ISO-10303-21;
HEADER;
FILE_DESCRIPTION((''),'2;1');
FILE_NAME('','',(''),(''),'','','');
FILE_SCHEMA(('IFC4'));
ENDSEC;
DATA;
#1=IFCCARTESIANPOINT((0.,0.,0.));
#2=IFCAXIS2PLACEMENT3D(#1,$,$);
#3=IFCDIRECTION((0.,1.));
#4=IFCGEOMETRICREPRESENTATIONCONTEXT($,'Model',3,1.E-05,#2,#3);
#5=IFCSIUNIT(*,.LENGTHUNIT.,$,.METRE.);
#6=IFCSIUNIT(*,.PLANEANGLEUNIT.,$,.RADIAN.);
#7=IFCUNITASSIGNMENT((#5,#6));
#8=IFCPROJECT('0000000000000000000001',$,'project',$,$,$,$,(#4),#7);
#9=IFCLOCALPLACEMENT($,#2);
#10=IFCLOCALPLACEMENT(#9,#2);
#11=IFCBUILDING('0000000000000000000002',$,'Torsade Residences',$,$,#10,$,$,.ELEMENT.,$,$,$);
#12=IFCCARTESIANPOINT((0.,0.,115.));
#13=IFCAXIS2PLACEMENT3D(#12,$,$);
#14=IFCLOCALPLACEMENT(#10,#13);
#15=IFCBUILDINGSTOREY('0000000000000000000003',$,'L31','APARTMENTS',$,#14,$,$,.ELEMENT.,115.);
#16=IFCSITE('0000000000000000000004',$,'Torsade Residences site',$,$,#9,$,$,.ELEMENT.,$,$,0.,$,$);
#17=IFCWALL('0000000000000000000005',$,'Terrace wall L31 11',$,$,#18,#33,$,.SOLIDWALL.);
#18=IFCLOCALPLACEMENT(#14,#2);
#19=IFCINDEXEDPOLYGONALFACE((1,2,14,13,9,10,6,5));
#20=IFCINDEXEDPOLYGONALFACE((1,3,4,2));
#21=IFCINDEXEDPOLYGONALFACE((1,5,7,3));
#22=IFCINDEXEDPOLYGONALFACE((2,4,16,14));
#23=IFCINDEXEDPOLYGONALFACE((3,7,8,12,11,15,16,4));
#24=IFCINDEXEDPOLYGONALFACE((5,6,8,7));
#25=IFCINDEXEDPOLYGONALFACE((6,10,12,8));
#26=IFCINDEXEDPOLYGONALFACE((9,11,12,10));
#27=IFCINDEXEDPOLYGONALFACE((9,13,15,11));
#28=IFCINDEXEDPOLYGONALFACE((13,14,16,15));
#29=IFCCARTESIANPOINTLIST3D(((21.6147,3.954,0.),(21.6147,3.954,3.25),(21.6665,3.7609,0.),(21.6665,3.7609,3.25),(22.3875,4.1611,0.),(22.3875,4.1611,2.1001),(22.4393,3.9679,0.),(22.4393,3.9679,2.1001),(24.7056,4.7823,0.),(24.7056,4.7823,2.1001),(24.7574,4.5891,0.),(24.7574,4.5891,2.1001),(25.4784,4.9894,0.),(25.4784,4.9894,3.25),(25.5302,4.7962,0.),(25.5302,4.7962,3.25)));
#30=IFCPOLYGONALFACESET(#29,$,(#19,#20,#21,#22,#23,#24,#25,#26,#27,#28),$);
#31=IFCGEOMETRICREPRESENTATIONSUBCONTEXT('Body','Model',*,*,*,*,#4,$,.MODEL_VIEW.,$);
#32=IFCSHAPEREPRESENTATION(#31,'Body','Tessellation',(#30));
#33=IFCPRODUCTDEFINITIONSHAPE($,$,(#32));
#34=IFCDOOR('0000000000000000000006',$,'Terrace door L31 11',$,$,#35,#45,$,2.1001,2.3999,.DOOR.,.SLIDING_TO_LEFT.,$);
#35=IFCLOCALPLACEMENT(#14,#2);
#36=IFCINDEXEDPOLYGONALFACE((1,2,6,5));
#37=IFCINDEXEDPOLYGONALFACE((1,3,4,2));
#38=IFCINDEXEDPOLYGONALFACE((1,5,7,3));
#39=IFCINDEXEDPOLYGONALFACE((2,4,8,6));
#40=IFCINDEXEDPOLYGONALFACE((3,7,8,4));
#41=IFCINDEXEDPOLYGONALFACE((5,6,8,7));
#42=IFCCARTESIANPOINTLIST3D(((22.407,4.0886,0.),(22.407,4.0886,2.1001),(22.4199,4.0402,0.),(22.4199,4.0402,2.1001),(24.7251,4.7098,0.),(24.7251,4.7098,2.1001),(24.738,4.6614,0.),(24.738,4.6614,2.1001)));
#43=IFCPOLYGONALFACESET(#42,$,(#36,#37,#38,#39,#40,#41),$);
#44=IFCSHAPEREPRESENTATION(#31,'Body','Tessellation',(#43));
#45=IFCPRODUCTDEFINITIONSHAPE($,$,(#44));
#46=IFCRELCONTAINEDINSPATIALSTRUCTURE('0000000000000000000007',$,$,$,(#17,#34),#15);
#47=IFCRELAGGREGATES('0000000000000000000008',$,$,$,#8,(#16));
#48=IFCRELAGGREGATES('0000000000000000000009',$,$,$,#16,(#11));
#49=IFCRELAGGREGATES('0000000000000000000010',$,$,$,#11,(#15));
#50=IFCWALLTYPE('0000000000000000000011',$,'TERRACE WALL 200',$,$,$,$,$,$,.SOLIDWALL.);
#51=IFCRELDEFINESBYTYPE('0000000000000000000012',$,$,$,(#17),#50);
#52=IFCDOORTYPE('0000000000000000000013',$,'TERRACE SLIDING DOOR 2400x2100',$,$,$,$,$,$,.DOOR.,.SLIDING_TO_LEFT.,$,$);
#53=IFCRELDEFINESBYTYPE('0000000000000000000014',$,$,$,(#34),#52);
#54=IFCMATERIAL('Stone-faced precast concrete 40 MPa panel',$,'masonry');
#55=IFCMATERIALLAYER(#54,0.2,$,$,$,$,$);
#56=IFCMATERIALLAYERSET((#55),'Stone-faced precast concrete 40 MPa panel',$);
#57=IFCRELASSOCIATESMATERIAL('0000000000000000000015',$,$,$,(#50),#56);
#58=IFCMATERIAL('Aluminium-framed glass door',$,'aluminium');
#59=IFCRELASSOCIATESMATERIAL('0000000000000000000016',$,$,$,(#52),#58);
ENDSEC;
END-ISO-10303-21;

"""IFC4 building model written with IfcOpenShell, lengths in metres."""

from ifc_helpers import new_model, si_unit, direction, frame, frame_2d, origin, place, context, subcontext, project, spatial, rectangle, extrude, material, layer, layer_set, type_object, element, fill, save


model = new_model("IFC4")

# Units and contexts
model_context = context("Model", 3, precision=1e-05, world=origin(), true_north=direction((0.0, 1.0)))
body_context = subcontext(model_context, "Body", "Model", "MODEL_VIEW")
ifc_project = project(units=[si_unit("LENGTHUNIT", "METRE"), si_unit("PLANEANGLEUNIT", "RADIAN")], contexts=[model_context])

# Site, building, storey
site_placement = place(None, origin())
site = spatial("IfcSite", under=ifc_project, at=site_placement, Name="Torsade Residences site", CompositionType="ELEMENT", RefElevation=0.0)
building_placement = place(site_placement, origin())
building = spatial("IfcBuilding", under=site, at=building_placement, Name="Torsade Residences", CompositionType="ELEMENT")
storey_placement = place(building_placement, frame((0.0, 0.0, 115.0)))
storey = spatial("IfcBuildingStorey", under=building, at=storey_placement, Name="L31", Description="APARTMENTS", CompositionType="ELEMENT", Elevation=115.0)

# Wall, opening, door
ifc_material_1 = material(Name="Stone-faced precast concrete 40 MPa panel", Category="masonry")
ifc_layer_1 = layer(ifc_material_1, 0.2)
ifc_layer_set_1 = layer_set([ifc_layer_1], Name="Stone-faced precast concrete 40 MPa panel")
wall_type_1 = type_object("IfcWallType", Name="TERRACE WALL 200", PredefinedType="SOLIDWALL", material=ifc_layer_set_1)
wall_1_placement = place(storey_placement, frame((21.6406, 3.8574, 0.0), z_axis=(0.0, 0.0, 1.0), x_axis=(0.965919, 0.258844, 0.0)))
wall_1 = element("IfcWall", 1, at=wall_1_placement, inside=storey, type_object=wall_type_1, Name="Terrace wall L31 11", PredefinedType="SOLIDWALL", context=body_context, shape_type="SweptSolid", body=[
    extrude(rectangle(XDim=4.0, YDim=0.2, at=frame_2d((2.0, 0.0))), origin(), (0.0, 0.0, 1.0), 3.25),
])
opening_1_placement = place(wall_1_placement, frame((0.8, 0.0, 0.0)))
opening_1 = element("IfcOpeningElement", 2, at=opening_1_placement, cuts=wall_1, PredefinedType="OPENING", context=body_context, shape_type="SweptSolid", body=[
    extrude(rectangle(XDim=2.3999, YDim=2.1001, at=frame_2d((1.2, 1.05))), frame((0.0, 0.1099, 0.0), z_axis=(0.0, -1.0, 0.0), x_axis=(1.0, 0.0, 0.0)), (0.0, 0.0, 1.0), 0.22),
])
ifc_material_2 = material(Name="Aluminium-framed glass door", Category="aluminium")
door_type_1 = type_object("IfcDoorType", Name="TERRACE SLIDING DOOR 2400x2100", OperationType="SLIDING_TO_LEFT", PredefinedType="DOOR", material=ifc_material_2)
door_1_placement = place(opening_1_placement, origin())
door_1 = element("IfcDoor", 3, at=door_1_placement, inside=storey, type_object=door_type_1, Name="Terrace door L31 11", OperationType="SLIDING_TO_LEFT", OverallHeight=2.1001, OverallWidth=2.3999, PredefinedType="DOOR", context=body_context, shape_type="SweptSolid", body=[
    extrude(rectangle(XDim=2.3999, YDim=2.1001, at=frame_2d((1.2, 1.05))), frame((0.0, 0.0249, 0.0), z_axis=(0.0, -1.0, 0.0), x_axis=(1.0, 0.0, 0.0)), (0.0, 0.0, 1.0), 0.05),
])
fill(opening_1, door_1)

save(model, "model.ifc")
